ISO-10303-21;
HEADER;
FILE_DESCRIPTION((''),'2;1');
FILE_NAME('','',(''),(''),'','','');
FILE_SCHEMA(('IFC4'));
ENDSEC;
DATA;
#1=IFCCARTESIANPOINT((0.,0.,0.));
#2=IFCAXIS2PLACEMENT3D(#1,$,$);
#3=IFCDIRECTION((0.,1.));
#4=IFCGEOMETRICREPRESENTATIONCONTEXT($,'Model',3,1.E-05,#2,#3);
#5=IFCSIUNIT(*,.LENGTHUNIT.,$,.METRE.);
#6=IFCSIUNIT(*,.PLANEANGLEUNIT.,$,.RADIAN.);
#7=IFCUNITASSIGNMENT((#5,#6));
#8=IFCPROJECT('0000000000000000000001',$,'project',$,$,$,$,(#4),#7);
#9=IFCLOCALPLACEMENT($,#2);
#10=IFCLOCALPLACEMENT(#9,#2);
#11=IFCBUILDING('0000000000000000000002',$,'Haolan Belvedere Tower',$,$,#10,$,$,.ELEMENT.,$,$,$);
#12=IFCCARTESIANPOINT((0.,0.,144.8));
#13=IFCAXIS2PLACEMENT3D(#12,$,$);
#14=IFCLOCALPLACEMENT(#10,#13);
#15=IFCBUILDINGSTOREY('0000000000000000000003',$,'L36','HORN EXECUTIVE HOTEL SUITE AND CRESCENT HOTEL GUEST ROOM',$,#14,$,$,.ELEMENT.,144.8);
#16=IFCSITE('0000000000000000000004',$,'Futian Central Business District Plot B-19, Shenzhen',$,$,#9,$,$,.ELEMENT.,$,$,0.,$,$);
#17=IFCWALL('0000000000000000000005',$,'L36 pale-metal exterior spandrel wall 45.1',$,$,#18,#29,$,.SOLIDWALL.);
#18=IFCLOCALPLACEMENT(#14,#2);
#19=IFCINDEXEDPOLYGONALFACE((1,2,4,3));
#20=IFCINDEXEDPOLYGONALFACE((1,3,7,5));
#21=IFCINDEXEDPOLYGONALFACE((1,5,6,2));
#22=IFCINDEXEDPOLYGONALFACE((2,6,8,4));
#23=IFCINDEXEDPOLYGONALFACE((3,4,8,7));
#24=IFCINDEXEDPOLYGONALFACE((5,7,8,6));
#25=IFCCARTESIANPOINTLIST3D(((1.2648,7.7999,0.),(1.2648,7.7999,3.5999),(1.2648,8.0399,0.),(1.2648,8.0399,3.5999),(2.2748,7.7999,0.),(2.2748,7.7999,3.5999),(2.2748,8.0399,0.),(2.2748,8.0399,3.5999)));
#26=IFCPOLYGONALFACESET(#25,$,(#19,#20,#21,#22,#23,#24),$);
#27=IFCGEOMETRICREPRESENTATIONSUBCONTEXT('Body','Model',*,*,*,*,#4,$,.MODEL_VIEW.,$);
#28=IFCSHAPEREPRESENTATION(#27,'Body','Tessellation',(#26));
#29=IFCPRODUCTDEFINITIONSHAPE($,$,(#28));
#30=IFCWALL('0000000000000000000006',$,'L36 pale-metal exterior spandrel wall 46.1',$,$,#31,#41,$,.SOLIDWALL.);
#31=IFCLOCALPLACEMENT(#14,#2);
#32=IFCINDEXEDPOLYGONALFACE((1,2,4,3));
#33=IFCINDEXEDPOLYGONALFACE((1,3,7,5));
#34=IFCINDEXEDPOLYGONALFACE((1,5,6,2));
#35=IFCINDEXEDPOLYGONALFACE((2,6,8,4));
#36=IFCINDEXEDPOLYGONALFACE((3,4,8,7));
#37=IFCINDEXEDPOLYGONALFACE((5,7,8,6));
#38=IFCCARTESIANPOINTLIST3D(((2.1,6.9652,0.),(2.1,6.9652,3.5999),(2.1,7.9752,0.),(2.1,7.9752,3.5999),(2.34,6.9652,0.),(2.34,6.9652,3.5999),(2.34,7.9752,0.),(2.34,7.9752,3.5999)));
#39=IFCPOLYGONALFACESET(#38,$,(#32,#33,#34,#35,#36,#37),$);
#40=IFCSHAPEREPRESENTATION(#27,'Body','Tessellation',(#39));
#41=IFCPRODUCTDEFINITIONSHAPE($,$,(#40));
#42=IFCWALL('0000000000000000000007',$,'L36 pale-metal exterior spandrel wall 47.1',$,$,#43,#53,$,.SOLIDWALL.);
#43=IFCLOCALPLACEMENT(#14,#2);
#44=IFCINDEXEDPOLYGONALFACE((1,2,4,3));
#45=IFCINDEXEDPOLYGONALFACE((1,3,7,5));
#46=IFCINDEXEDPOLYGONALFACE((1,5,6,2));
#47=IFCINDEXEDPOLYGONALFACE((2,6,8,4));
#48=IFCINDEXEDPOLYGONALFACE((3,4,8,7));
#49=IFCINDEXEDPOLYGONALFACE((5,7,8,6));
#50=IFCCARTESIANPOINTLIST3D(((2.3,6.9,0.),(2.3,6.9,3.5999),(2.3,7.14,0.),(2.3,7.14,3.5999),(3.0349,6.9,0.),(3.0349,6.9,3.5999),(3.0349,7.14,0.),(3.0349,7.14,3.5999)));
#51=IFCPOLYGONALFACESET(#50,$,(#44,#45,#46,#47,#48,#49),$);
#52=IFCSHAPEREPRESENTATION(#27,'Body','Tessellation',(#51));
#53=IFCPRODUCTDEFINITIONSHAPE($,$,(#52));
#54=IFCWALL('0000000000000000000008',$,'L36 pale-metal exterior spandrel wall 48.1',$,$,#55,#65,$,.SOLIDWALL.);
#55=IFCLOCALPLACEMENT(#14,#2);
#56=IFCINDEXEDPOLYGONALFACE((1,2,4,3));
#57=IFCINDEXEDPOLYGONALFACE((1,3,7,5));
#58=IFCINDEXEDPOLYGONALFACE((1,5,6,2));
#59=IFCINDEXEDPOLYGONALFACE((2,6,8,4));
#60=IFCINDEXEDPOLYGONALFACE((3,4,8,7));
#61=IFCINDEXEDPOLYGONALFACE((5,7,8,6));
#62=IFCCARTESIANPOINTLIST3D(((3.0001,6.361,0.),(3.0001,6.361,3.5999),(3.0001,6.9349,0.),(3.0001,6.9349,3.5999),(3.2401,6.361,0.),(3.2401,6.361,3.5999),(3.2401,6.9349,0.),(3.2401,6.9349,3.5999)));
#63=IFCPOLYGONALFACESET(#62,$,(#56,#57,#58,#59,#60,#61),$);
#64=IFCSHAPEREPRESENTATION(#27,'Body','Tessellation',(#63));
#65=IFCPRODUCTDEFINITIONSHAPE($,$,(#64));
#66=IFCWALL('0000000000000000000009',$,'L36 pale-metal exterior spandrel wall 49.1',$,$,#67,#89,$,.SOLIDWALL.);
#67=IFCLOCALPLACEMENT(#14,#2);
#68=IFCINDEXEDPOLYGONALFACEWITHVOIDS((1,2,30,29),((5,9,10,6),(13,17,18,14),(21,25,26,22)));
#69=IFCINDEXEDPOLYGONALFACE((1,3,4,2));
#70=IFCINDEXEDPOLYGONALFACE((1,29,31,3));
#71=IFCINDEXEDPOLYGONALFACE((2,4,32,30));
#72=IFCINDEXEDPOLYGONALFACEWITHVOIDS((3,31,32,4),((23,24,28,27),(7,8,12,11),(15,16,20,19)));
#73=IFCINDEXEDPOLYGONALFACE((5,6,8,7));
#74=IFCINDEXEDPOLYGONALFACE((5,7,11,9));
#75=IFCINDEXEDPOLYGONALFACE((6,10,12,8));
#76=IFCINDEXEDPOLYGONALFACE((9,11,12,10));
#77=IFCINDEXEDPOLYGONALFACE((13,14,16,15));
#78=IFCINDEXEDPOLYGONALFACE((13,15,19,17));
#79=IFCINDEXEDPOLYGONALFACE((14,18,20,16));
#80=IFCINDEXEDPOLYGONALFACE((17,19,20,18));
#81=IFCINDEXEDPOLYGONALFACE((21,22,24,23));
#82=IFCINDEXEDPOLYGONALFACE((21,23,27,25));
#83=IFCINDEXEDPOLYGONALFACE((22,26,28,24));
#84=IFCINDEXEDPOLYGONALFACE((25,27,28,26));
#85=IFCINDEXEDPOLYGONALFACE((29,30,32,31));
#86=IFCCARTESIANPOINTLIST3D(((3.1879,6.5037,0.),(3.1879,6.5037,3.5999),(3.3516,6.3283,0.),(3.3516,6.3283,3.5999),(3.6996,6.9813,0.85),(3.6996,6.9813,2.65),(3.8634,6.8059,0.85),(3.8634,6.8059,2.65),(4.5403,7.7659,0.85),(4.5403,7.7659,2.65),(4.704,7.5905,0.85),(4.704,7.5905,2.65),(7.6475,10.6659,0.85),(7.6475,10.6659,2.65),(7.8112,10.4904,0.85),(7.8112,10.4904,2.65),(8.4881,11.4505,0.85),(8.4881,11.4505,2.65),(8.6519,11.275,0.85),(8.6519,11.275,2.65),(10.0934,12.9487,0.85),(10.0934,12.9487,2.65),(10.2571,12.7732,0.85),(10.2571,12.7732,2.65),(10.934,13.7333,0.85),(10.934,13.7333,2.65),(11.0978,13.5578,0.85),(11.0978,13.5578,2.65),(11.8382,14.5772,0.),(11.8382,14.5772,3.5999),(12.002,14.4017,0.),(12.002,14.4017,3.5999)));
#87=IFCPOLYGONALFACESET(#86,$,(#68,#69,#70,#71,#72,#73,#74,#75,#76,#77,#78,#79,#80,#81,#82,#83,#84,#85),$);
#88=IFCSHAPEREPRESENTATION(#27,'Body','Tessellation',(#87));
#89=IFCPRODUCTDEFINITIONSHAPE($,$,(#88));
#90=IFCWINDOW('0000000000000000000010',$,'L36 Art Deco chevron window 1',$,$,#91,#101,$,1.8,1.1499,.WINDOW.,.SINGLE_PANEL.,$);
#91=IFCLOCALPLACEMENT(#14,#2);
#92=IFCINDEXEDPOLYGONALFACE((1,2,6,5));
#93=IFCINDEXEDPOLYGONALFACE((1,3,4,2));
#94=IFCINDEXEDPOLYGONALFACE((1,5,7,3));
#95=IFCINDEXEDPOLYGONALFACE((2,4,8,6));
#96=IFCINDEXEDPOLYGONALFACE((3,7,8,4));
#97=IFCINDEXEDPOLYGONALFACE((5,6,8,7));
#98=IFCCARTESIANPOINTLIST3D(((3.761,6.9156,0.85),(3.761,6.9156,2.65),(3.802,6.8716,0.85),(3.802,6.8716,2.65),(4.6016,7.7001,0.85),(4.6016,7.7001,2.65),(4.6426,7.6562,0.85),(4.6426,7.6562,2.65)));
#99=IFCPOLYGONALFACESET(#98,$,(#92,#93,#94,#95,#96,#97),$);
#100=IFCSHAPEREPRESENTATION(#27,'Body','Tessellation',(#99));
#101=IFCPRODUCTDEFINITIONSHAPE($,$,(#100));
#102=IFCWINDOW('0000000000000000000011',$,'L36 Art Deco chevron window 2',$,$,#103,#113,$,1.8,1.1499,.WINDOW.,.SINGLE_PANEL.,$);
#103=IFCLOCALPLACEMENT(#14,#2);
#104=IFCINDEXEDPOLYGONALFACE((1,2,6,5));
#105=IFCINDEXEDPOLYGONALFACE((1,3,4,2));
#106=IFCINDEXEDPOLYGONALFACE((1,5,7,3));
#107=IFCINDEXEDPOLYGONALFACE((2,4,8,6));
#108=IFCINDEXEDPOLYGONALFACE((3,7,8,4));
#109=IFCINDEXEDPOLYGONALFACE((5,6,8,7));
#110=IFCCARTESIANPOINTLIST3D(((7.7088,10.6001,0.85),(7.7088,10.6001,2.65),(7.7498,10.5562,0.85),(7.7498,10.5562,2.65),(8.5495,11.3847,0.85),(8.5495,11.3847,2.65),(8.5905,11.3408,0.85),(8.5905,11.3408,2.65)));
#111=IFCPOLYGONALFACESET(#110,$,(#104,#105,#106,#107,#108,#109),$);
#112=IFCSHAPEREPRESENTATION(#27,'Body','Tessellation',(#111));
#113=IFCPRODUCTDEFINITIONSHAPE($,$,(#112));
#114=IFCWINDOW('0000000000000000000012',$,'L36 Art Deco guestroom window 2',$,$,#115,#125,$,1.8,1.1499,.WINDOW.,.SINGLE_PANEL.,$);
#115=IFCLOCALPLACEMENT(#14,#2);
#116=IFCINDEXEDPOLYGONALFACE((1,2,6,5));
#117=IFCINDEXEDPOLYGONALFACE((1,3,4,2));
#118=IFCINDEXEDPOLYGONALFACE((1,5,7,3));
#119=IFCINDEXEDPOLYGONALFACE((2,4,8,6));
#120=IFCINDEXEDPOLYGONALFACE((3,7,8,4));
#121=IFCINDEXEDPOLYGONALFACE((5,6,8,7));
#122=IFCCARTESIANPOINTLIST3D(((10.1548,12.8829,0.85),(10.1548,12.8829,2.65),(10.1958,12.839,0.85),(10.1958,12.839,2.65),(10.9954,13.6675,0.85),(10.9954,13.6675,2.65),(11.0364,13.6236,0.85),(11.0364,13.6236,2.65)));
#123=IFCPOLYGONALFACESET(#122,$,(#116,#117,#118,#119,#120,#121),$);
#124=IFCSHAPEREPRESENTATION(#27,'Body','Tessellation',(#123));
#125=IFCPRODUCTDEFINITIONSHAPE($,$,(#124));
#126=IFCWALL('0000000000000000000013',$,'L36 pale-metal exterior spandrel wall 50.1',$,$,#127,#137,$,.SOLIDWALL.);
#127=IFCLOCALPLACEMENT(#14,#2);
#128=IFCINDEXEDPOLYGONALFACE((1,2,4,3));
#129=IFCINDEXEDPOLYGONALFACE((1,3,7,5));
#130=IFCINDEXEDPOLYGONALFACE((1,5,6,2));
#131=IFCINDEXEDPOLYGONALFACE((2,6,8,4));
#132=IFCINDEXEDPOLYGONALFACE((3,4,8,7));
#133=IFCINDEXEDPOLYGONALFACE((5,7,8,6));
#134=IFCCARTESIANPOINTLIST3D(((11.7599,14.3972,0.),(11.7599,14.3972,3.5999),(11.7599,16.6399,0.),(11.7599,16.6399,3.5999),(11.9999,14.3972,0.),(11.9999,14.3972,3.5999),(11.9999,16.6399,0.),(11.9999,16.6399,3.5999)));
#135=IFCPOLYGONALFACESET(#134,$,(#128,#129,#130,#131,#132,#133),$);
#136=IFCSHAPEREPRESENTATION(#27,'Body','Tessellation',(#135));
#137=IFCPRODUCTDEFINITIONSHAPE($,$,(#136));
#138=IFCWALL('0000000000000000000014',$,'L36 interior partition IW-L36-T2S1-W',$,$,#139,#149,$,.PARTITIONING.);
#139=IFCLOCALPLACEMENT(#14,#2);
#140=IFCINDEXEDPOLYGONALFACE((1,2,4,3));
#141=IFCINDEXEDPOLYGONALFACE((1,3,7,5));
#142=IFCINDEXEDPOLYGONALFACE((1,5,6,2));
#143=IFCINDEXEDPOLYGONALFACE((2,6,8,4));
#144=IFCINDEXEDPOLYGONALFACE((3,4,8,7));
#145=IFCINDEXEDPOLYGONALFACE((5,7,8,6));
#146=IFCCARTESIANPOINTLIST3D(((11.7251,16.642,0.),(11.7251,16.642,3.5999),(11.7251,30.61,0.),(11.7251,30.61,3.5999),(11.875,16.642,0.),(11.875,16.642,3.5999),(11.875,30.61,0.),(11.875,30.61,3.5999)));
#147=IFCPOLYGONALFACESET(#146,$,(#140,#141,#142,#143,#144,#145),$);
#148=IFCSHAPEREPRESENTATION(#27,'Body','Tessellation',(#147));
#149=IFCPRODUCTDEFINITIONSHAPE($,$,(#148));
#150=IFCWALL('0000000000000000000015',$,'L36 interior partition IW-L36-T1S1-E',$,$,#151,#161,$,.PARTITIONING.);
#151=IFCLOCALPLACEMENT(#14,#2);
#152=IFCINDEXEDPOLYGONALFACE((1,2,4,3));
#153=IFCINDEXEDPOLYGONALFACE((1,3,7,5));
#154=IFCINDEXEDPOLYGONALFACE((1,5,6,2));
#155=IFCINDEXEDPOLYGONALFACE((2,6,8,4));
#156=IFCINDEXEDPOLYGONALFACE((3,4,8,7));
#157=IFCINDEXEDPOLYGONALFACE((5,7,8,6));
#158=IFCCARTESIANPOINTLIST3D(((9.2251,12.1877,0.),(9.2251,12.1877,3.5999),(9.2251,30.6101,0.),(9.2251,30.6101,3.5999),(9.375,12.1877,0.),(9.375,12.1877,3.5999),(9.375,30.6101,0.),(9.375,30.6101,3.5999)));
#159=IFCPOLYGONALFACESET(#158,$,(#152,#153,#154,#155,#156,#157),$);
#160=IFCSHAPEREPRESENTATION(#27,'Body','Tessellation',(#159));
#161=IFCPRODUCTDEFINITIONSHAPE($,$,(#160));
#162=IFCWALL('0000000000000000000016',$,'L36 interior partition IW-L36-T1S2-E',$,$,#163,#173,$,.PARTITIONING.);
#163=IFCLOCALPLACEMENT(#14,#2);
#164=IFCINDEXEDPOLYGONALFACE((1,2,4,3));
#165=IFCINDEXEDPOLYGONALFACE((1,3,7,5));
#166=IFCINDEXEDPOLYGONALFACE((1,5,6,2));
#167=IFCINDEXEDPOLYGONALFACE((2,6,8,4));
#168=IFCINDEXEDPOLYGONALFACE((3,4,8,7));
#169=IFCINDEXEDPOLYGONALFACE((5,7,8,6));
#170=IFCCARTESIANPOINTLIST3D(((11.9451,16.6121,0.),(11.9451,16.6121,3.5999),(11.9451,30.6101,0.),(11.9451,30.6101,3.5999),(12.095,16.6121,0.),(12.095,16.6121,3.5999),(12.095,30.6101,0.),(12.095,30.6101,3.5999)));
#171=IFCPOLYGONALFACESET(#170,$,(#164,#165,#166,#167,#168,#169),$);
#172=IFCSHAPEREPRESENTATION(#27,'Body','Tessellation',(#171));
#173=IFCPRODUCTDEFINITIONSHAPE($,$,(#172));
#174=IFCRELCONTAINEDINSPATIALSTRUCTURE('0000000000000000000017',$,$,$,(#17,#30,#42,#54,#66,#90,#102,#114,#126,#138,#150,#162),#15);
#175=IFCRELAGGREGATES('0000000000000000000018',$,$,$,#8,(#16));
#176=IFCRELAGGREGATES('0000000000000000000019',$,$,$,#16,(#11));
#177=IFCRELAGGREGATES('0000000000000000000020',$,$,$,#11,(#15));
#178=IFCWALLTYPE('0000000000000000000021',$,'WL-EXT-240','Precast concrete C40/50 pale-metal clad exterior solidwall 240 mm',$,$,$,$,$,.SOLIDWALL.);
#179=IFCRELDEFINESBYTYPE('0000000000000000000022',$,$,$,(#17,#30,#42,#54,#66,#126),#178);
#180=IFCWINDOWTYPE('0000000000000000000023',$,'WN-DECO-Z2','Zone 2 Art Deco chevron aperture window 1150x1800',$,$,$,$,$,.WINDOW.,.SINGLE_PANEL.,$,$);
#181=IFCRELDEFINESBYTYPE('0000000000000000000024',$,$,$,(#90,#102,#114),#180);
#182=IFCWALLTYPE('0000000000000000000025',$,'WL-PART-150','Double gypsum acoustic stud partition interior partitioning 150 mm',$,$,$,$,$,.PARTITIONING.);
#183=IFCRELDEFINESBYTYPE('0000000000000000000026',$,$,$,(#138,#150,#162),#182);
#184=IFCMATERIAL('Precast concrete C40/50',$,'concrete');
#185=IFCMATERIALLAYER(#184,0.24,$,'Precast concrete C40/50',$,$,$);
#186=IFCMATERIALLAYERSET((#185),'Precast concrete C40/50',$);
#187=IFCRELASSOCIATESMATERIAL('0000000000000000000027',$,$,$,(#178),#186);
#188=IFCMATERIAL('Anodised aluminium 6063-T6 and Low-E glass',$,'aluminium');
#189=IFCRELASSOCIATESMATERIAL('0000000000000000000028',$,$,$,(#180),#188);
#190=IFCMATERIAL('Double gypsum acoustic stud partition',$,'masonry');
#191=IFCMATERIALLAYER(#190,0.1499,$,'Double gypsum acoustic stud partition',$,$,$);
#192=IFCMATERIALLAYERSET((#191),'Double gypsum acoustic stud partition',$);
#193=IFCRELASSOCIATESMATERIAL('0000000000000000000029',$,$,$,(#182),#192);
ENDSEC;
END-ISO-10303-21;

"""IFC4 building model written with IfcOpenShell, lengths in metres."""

from ifc_helpers import new_model, si_unit, direction, frame, frame_2d, origin, place, context, subcontext, project, spatial, rectangle, extrude, material, layer, layer_set, type_object, element, fill, save


model = new_model("IFC4")

# Units and contexts
model_context = context("Model", 3, precision=1e-05, world=origin(), true_north=direction((0.0, 1.0)))
body_context = subcontext(model_context, "Body", "Model", "MODEL_VIEW")
ifc_project = project(units=[si_unit("LENGTHUNIT", "METRE"), si_unit("PLANEANGLEUNIT", "RADIAN")], contexts=[model_context])

# Site, building, storey
site_placement = place(None, origin())
site = spatial("IfcSite", under=ifc_project, at=site_placement, Name="Futian Central Business District Plot B-19, Shenzhen", CompositionType="ELEMENT", RefElevation=0.0)
building_placement = place(site_placement, origin())
building = spatial("IfcBuilding", under=site, at=building_placement, Name="Haolan Belvedere Tower", CompositionType="ELEMENT")
storey_placement = place(building_placement, frame((0.0, 0.0, 144.8)))
storey = spatial("IfcBuildingStorey", under=building, at=storey_placement, Name="L36", Description="HORN EXECUTIVE HOTEL SUITE AND CRESCENT HOTEL GUEST ROOM", CompositionType="ELEMENT", Elevation=144.8)

# Walls
ifc_material_1 = material(Name="Precast concrete C40/50", Category="concrete")
ifc_layer_1 = layer(ifc_material_1, 0.24, Name="Precast concrete C40/50")
ifc_layer_set_1 = layer_set([ifc_layer_1], Name="Precast concrete C40/50")
wall_type_1 = type_object("IfcWallType", Name="WL-EXT-240", Description="Precast concrete C40/50 pale-metal clad exterior solidwall 240 mm", PredefinedType="SOLIDWALL", material=ifc_layer_set_1)
for number, where, z_axis, x_axis, name in (
    (1, (1.2649, 7.9199, 0.0), (0.0, 0.0, 1.0), (1.0, 0.0, 0.0), "L36 pale-metal exterior spandrel wall 45.1"),
    (2, (2.22, 7.9751, 0.0), (0.0, 0.0, 1.0), (0.0, -1.0, 0.0), "L36 pale-metal exterior spandrel wall 46.1"),
):
    element("IfcWall", number, at=place(storey_placement, frame(where, z_axis=z_axis, x_axis=x_axis)), inside=storey, type_object=wall_type_1, Name=name, PredefinedType="SOLIDWALL", context=body_context, shape_type="SweptSolid", body=[
        extrude(rectangle(XDim=1.01, YDim=0.24, at=frame_2d((0.5049, 0.0))), origin(), (0.0, 0.0, 1.0), 3.5999),
    ])
wall_1_placement = place(storey_placement, frame((2.3, 7.02, 0.0), z_axis=(0.0, 0.0, 1.0), x_axis=(1.0, 0.0, 0.0)))
element("IfcWall", 3, at=wall_1_placement, inside=storey, type_object=wall_type_1, Name="L36 pale-metal exterior spandrel wall 47.1", PredefinedType="SOLIDWALL", context=body_context, shape_type="SweptSolid", body=[
    extrude(rectangle(XDim=0.7349, YDim=0.24, at=frame_2d((0.3674, 0.0))), origin(), (0.0, 0.0, 1.0), 3.5999),
])
wall_2_placement = place(storey_placement, frame((3.1201, 6.9351, 0.0), z_axis=(0.0, 0.0, 1.0), x_axis=(0.0, -1.0, 0.0)))
element("IfcWall", 4, at=wall_2_placement, inside=storey, type_object=wall_type_1, Name="L36 pale-metal exterior spandrel wall 48.1", PredefinedType="SOLIDWALL", context=body_context, shape_type="SweptSolid", body=[
    extrude(rectangle(XDim=0.574, YDim=0.24, at=frame_2d((0.2871, 0.0))), origin(), (0.0, 0.0, 1.0), 3.5999),
])

# Wall, openings, windows
wall_3_placement = place(storey_placement, frame((3.2698, 6.416, 0.0), z_axis=(0.0, 0.0, 1.0), x_axis=(0.731064, 0.682309, 0.0)))
wall_3 = element("IfcWall", 5, at=wall_3_placement, inside=storey, type_object=wall_type_1, Name="L36 pale-metal exterior spandrel wall 49.1", PredefinedType="SOLIDWALL", context=body_context, shape_type="SweptSolid", body=[
    extrude(rectangle(XDim=11.8325, YDim=0.24, at=frame_2d((5.9163, 0.0))), origin(), (0.0, 0.0, 1.0), 3.5999),
])
opening_1_placement = place(wall_3_placement, frame((0.7, 0.0, 0.8501)))
opening_1 = element("IfcOpeningElement", 6, at=opening_1_placement, cuts=wall_3, PredefinedType="OPENING", context=body_context, shape_type="SweptSolid", body=[
    extrude(rectangle(XDim=1.1499, YDim=1.8, at=frame_2d((0.575, 0.8999))), frame((0.0, 0.1299, 0.0), z_axis=(0.0, -1.0, 0.0), x_axis=(1.0, 0.0, 0.0)), (0.0, 0.0, 1.0), 0.26),
])
opening_2_placement = place(wall_3_placement, frame((6.1001, 0.0, 0.8501)))
opening_2 = element("IfcOpeningElement", 7, at=opening_2_placement, cuts=wall_3, PredefinedType="OPENING", context=body_context, shape_type="SweptSolid", body=[
    extrude(rectangle(XDim=1.1499, YDim=1.8, at=frame_2d((0.575, 0.8999))), frame((0.0, 0.1299, 0.0), z_axis=(0.0, -1.0, 0.0), x_axis=(1.0, 0.0, 0.0)), (0.0, 0.0, 1.0), 0.26),
])
opening_3_placement = place(wall_3_placement, frame((9.4458, 0.0, 0.8501)))
opening_3 = element("IfcOpeningElement", 8, at=opening_3_placement, cuts=wall_3, PredefinedType="OPENING", context=body_context, shape_type="SweptSolid", body=[
    extrude(rectangle(XDim=1.1499, YDim=1.8, at=frame_2d((0.575, 0.8999))), frame((0.0, 0.1299, 0.0), z_axis=(0.0, -1.0, 0.0), x_axis=(1.0, 0.0, 0.0)), (0.0, 0.0, 1.0), 0.26),
])
ifc_material_2 = material(Name="Anodised aluminium 6063-T6 and Low-E glass", Category="aluminium")
window_type = type_object("IfcWindowType", Name="WN-DECO-Z2", Description="Zone 2 Art Deco chevron aperture window 1150x1800", PartitioningType="SINGLE_PANEL", PredefinedType="WINDOW", material=ifc_material_2)
window_1_placement = place(opening_1_placement, origin())
window_1 = element("IfcWindow", 9, at=window_1_placement, inside=storey, type_object=window_type, Name="L36 Art Deco chevron window 1", OverallHeight=1.8, OverallWidth=1.1499, PartitioningType="SINGLE_PANEL", PredefinedType="WINDOW", context=body_context, shape_type="SweptSolid", body=[
    extrude(rectangle(XDim=1.1499, YDim=1.8, at=frame_2d((0.575, 0.8999))), frame((0.0, 0.03, 0.0), z_axis=(0.0, -1.0, 0.0), x_axis=(1.0, 0.0, 0.0)), (0.0, 0.0, 1.0), 0.0601),
])
fill(opening_1, window_1)
window_2_placement = place(opening_2_placement, origin())
window_2 = element("IfcWindow", 10, at=window_2_placement, inside=storey, type_object=window_type, Name="L36 Art Deco chevron window 2", OverallHeight=1.8, OverallWidth=1.1499, PartitioningType="SINGLE_PANEL", PredefinedType="WINDOW", context=body_context, shape_type="SweptSolid", body=[
    extrude(rectangle(XDim=1.1499, YDim=1.8, at=frame_2d((0.575, 0.8999))), frame((0.0, 0.03, 0.0), z_axis=(0.0, -1.0, 0.0), x_axis=(1.0, 0.0, 0.0)), (0.0, 0.0, 1.0), 0.0601),
])
fill(opening_2, window_2)
window_3_placement = place(opening_3_placement, origin())
window_3 = element("IfcWindow", 11, at=window_3_placement, inside=storey, type_object=window_type, Name="L36 Art Deco guestroom window 2", OverallHeight=1.8, OverallWidth=1.1499, PartitioningType="SINGLE_PANEL", PredefinedType="WINDOW", context=body_context, shape_type="SweptSolid", body=[
    extrude(rectangle(XDim=1.1499, YDim=1.8, at=frame_2d((0.575, 0.8999))), frame((0.0, 0.03, 0.0), z_axis=(0.0, -1.0, 0.0), x_axis=(1.0, 0.0, 0.0)), (0.0, 0.0, 1.0), 0.0601),
])
fill(opening_3, window_3)

# Walls
wall_4_placement = place(storey_placement, frame((11.8799, 14.3972, 0.0), z_axis=(0.0, 0.0, 1.0), x_axis=(0.0, 1.0, 0.0)))
element("IfcWall", 12, at=wall_4_placement, inside=storey, type_object=wall_type_1, Name="L36 pale-metal exterior spandrel wall 50.1", PredefinedType="SOLIDWALL", context=body_context, shape_type="SweptSolid", body=[
    extrude(rectangle(XDim=2.2427, YDim=0.24, at=frame_2d((1.1213, 0.0))), origin(), (0.0, 0.0, 1.0), 3.5999),
])
ifc_material_3 = material(Name="Double gypsum acoustic stud partition", Category="masonry")
ifc_layer_2 = layer(ifc_material_3, 0.1499, Name="Double gypsum acoustic stud partition")
ifc_layer_set_2 = layer_set([ifc_layer_2], Name="Double gypsum acoustic stud partition")
wall_type_2 = type_object("IfcWallType", Name="WL-PART-150", Description="Double gypsum acoustic stud partition interior partitioning 150 mm", PredefinedType="PARTITIONING", material=ifc_layer_set_2)
wall_5_placement = place(storey_placement, frame((11.8, 16.6421, 0.0), z_axis=(0.0, 0.0, 1.0), x_axis=(0.0, 1.0, 0.0)))
element("IfcWall", 13, at=wall_5_placement, inside=storey, type_object=wall_type_2, Name="L36 interior partition IW-L36-T2S1-W", PredefinedType="PARTITIONING", context=body_context, shape_type="SweptSolid", body=[
    extrude(rectangle(XDim=13.968, YDim=0.1499, at=frame_2d((6.9839, 0.0))), origin(), (0.0, 0.0, 1.0), 3.5999),
])
wall_6_placement = place(storey_placement, frame((9.3, 12.1877, 0.0), z_axis=(0.0, 0.0, 1.0), x_axis=(0.0, 1.0, 0.0)))
element("IfcWall", 14, at=wall_6_placement, inside=storey, type_object=wall_type_2, Name="L36 interior partition IW-L36-T1S1-E", PredefinedType="PARTITIONING", context=body_context, shape_type="SweptSolid", body=[
    extrude(rectangle(XDim=18.4224, YDim=0.1499, at=frame_2d((9.2112, 0.0))), origin(), (0.0, 0.0, 1.0), 3.5999),
])
wall_7_placement = place(storey_placement, frame((12.02, 16.6121, 0.0), z_axis=(0.0, 0.0, 1.0), x_axis=(0.0, 1.0, 0.0)))
element("IfcWall", 15, at=wall_7_placement, inside=storey, type_object=wall_type_2, Name="L36 interior partition IW-L36-T1S2-E", PredefinedType="PARTITIONING", context=body_context, shape_type="SweptSolid", body=[
    extrude(rectangle(XDim=13.998, YDim=0.1499, at=frame_2d((6.999, 0.0))), origin(), (0.0, 0.0, 1.0), 3.5999),
])

save(model, "model.ifc")
